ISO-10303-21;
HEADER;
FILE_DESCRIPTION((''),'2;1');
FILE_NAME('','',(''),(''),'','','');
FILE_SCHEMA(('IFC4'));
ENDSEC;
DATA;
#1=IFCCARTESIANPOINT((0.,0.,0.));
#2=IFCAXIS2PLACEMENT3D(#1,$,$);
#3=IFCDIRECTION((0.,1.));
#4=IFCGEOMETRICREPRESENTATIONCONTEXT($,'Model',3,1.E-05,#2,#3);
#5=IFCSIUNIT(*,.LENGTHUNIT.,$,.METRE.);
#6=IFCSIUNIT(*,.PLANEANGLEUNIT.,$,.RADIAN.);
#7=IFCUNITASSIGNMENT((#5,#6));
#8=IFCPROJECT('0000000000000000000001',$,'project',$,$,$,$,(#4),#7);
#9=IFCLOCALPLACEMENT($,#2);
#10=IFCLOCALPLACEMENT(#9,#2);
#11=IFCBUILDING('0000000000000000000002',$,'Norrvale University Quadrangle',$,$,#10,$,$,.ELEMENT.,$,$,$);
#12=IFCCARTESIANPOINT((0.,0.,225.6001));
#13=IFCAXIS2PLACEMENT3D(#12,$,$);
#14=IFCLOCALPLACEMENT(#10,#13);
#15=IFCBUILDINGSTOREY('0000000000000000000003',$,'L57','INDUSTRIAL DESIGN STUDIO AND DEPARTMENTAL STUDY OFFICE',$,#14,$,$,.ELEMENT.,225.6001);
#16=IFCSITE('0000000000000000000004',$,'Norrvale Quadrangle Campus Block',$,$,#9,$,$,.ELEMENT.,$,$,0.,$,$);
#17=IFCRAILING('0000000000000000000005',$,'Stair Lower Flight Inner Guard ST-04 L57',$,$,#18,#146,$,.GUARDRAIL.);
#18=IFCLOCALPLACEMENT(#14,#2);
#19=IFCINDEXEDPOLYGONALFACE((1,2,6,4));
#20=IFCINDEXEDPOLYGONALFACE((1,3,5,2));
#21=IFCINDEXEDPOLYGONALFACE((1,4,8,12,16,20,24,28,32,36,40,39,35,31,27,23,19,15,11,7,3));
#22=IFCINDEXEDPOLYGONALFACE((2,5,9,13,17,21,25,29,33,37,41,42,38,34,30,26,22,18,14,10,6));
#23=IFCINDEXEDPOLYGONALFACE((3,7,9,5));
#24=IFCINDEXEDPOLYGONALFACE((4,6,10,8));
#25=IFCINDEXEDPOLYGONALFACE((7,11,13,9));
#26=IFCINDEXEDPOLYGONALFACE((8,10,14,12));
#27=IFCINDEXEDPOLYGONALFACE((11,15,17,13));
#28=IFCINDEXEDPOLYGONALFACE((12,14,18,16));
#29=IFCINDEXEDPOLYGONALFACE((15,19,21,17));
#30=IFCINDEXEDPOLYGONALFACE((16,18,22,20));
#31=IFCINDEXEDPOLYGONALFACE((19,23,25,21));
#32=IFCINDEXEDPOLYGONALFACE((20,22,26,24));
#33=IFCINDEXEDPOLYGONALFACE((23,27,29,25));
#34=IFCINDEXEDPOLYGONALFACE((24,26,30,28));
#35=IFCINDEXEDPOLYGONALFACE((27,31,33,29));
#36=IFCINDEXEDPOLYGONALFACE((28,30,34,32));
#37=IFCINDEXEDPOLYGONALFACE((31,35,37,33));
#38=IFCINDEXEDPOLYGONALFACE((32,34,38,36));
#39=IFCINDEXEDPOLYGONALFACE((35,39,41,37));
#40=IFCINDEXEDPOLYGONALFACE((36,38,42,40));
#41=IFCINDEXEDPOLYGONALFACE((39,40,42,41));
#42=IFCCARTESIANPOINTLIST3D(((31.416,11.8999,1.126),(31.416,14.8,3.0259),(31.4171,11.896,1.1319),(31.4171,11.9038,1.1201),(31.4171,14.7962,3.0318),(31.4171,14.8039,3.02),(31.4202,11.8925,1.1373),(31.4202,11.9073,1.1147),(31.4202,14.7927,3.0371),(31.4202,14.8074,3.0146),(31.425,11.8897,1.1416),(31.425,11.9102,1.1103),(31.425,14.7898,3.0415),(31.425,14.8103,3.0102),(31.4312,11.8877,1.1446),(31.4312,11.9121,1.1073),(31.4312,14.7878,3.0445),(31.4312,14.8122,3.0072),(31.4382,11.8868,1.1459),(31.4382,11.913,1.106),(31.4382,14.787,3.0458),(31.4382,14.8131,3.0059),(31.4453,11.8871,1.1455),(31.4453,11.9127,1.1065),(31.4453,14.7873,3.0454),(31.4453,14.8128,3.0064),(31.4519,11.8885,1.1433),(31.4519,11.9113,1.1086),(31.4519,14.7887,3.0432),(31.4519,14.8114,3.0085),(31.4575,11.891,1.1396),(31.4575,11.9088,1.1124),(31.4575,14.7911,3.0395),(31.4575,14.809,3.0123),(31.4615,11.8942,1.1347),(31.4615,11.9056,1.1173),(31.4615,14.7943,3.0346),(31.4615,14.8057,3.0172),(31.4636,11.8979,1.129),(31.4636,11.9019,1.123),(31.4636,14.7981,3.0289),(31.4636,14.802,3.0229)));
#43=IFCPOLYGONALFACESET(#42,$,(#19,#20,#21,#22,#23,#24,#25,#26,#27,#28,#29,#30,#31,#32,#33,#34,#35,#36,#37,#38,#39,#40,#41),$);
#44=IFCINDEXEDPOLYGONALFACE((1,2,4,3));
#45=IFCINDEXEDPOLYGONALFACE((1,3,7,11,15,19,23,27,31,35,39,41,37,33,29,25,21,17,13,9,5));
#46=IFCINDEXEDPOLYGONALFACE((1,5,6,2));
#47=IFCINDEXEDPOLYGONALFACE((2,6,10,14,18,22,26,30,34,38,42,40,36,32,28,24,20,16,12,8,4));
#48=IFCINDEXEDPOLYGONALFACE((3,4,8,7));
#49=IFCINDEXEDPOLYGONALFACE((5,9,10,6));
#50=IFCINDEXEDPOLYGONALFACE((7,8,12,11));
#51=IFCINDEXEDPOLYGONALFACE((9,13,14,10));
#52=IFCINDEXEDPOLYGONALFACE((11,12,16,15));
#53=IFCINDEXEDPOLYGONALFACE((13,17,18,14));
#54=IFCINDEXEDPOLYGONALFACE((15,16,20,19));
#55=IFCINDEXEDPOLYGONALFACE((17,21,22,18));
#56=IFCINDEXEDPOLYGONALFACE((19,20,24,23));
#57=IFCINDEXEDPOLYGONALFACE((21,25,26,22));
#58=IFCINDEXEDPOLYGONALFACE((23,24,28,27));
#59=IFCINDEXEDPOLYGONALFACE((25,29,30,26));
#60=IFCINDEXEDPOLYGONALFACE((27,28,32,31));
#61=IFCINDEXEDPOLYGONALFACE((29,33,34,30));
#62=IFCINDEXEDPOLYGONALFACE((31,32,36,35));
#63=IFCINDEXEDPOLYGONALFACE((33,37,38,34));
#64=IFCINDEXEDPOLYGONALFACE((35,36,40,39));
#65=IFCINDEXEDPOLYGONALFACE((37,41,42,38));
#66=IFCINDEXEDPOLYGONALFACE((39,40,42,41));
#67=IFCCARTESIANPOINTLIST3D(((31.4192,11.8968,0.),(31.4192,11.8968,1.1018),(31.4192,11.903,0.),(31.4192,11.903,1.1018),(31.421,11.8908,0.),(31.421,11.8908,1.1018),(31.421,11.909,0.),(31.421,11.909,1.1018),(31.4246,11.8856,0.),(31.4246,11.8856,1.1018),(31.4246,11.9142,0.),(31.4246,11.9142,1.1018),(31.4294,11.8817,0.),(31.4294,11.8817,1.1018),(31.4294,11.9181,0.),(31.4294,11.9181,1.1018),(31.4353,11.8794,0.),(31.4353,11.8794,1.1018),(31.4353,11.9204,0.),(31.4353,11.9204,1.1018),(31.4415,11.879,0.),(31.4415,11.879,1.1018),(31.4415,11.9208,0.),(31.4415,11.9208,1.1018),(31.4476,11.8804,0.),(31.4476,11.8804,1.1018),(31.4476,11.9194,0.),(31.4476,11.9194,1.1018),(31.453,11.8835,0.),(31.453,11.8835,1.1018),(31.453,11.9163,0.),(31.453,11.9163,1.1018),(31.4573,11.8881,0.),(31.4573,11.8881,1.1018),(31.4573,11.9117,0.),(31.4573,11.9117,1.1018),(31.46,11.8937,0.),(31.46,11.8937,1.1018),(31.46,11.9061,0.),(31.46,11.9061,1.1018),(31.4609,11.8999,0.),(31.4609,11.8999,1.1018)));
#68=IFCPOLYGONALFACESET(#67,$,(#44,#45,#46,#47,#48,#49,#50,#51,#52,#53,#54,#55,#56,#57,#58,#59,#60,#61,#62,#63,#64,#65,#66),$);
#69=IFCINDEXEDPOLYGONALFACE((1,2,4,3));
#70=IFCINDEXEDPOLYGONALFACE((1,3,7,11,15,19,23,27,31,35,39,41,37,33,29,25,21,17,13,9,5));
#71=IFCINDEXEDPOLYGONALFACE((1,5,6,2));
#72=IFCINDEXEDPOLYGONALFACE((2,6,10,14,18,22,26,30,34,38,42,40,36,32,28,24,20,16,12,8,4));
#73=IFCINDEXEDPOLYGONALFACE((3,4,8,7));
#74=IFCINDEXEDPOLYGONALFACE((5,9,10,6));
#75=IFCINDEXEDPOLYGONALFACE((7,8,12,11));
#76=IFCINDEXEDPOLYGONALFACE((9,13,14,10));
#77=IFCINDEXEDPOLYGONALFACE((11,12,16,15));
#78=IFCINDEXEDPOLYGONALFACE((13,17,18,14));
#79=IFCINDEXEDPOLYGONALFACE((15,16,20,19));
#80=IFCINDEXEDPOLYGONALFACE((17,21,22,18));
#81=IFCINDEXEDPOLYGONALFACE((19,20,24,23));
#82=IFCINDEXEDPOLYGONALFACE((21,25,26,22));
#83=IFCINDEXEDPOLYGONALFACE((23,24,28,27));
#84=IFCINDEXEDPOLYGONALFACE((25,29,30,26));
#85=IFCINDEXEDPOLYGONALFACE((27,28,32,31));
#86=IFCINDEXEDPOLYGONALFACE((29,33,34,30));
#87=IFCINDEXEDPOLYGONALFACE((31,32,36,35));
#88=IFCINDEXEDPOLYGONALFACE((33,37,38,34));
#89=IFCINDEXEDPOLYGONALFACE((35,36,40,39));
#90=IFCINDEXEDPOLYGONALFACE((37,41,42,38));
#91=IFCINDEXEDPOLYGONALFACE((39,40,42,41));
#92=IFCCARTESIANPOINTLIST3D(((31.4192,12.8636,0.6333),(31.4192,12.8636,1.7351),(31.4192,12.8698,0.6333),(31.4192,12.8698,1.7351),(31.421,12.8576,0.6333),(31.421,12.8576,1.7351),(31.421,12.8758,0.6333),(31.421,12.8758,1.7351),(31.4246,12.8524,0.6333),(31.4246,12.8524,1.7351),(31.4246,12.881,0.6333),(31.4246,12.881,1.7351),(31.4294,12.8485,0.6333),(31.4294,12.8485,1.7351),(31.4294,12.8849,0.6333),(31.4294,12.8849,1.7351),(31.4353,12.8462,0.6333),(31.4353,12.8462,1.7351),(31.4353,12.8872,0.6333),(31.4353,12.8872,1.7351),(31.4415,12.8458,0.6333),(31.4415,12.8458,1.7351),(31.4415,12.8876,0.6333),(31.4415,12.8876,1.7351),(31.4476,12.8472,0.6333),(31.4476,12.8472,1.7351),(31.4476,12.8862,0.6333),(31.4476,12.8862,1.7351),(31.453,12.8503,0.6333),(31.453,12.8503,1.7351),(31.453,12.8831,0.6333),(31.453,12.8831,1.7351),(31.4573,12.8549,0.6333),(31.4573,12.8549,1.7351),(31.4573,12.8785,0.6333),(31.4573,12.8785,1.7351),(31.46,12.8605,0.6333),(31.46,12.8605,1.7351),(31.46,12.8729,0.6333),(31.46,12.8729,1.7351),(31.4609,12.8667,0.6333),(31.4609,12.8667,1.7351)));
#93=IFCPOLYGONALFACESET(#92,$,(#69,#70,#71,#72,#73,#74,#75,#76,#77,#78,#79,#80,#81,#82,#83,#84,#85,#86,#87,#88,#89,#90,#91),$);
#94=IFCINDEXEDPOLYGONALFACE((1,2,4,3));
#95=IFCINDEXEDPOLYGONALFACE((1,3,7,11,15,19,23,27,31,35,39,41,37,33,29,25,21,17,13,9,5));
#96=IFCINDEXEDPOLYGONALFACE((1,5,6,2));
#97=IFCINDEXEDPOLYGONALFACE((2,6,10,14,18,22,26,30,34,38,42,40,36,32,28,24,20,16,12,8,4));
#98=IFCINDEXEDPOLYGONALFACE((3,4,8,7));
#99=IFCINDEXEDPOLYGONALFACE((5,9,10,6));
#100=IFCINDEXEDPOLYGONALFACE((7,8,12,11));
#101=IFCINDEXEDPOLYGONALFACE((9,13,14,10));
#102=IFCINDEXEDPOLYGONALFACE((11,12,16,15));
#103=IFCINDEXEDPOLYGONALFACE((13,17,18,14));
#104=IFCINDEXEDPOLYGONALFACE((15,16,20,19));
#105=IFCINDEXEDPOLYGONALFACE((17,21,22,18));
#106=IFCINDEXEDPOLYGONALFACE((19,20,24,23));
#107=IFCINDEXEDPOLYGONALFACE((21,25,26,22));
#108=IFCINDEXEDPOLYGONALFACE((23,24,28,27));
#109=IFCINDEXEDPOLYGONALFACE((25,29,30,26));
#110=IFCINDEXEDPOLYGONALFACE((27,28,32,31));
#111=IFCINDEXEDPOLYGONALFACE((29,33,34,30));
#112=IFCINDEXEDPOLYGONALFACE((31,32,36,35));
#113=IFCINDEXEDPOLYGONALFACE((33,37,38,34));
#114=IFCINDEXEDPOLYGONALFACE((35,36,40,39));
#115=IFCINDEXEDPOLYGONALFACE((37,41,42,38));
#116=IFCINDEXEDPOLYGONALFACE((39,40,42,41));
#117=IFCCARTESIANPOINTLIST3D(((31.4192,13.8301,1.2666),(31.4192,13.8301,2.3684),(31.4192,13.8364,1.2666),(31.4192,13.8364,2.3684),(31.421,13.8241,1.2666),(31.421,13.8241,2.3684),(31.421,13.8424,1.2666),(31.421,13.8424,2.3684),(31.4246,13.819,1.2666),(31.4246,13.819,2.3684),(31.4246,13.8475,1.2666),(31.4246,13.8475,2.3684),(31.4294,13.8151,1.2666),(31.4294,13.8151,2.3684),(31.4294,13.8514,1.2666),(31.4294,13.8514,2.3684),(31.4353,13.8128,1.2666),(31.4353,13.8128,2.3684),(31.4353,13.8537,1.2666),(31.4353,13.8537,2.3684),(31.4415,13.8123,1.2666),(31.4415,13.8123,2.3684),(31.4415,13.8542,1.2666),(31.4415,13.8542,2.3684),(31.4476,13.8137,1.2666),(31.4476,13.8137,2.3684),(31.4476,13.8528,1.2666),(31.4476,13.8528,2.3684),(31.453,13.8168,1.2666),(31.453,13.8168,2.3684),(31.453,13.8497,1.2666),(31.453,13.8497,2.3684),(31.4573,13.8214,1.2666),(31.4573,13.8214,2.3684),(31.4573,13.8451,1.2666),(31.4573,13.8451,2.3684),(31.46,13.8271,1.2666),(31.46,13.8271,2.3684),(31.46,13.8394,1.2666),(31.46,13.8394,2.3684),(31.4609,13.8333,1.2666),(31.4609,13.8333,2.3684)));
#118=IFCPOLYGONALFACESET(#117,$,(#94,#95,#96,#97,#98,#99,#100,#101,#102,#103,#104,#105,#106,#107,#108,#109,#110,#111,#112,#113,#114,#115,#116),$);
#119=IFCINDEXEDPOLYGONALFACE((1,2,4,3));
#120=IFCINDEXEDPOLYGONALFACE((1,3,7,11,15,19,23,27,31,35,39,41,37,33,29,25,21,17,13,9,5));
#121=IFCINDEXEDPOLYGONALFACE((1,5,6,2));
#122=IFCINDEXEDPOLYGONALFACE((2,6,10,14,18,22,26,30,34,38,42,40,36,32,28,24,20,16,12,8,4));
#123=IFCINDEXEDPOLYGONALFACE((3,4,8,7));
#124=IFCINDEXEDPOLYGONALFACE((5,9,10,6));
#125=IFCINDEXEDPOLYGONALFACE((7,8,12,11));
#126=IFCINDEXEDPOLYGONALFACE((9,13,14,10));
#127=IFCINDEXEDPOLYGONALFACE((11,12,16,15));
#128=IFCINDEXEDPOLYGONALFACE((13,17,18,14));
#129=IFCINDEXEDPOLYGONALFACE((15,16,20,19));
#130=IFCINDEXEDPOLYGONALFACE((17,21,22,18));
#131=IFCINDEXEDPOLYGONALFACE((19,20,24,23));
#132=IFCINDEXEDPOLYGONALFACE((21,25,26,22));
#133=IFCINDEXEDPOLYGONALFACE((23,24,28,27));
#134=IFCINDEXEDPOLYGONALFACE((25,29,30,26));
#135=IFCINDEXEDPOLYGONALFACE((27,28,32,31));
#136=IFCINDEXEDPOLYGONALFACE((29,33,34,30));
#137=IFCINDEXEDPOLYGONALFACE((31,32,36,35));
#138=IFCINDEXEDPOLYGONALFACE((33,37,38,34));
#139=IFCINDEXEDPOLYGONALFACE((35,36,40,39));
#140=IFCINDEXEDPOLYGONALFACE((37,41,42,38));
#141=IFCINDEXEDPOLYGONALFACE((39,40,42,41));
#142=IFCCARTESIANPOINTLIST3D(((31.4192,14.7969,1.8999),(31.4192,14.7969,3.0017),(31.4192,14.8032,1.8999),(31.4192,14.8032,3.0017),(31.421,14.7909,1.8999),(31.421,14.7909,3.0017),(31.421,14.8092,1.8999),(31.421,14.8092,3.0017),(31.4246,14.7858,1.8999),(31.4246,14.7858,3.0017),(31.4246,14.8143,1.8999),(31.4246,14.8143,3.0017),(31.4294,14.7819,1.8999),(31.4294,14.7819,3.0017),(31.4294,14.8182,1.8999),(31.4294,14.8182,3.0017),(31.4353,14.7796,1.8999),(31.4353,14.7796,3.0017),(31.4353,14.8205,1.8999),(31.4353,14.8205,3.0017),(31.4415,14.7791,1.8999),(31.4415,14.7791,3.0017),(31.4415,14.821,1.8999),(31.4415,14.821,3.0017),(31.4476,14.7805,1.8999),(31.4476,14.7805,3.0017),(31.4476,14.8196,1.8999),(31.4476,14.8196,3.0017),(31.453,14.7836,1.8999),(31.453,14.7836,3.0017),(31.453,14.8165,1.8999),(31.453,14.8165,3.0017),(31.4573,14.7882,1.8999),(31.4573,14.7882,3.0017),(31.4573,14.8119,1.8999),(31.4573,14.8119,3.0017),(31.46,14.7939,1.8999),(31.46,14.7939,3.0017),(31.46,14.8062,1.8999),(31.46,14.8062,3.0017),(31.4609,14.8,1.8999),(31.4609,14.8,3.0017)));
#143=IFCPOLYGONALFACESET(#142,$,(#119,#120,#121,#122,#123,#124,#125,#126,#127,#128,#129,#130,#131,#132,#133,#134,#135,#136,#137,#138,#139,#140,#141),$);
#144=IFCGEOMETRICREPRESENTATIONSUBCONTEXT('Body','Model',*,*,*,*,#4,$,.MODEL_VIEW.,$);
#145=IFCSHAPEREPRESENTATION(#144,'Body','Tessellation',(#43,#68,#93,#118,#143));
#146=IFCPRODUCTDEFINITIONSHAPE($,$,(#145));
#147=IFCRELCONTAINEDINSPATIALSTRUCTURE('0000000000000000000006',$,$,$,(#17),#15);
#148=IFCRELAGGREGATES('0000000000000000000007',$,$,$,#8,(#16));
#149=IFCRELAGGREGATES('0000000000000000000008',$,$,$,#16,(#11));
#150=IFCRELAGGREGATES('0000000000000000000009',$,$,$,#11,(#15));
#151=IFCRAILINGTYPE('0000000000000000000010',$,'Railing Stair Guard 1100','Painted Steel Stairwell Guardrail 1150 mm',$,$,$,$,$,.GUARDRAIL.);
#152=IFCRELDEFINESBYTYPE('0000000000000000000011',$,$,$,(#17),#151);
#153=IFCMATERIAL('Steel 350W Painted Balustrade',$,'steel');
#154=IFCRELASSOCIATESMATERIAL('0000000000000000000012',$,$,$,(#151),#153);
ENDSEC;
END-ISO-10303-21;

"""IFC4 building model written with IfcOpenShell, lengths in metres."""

from ifc_helpers import new_model, si_unit, direction, frame, origin, origin_2d, place, context, subcontext, project, spatial, circle, extrude, material, type_object, element, save


model = new_model("IFC4")

# Units and contexts
model_context = context("Model", 3, precision=1e-05, world=origin(), true_north=direction((0.0, 1.0)))
body_context = subcontext(model_context, "Body", "Model", "MODEL_VIEW")
ifc_project = project(units=[si_unit("LENGTHUNIT", "METRE"), si_unit("PLANEANGLEUNIT", "RADIAN")], contexts=[model_context])

# Site, building, storey
site_placement = place(None, origin())
site = spatial("IfcSite", under=ifc_project, at=site_placement, Name="Norrvale Quadrangle Campus Block", CompositionType="ELEMENT", RefElevation=0.0)
building_placement = place(site_placement, origin())
building = spatial("IfcBuilding", under=site, at=building_placement, Name="Norrvale University Quadrangle", CompositionType="ELEMENT")
storey_placement = place(building_placement, frame((0.0, 0.0, 225.6001)))
storey = spatial("IfcBuildingStorey", under=building, at=storey_placement, Name="L57", Description="INDUSTRIAL DESIGN STUDIO AND DEPARTMENTAL STUDY OFFICE", CompositionType="ELEMENT", Elevation=225.6001)

# Railing
ifc_material_1 = material(Name="Steel 350W Painted Balustrade", Category="steel")
railing_type_1 = type_object("IfcRailingType", Name="Railing Stair Guard 1100", Description="Painted Steel Stairwell Guardrail 1150 mm", PredefinedType="GUARDRAIL", material=ifc_material_1)
railing_1_placement = place(storey_placement, frame((31.4399, 11.8999, 0.0)))
element("IfcRailing", 1, at=railing_1_placement, inside=storey, type_object=railing_type_1, Name="Stair Lower Flight Inner Guard ST-04 L57", PredefinedType="GUARDRAIL", context=body_context, shape_type="SweptSolid", body=[
    extrude(circle(Radius=0.0239, at=origin_2d()), frame((0.0, 0.0, 1.126), z_axis=(0.0, 0.836487, 0.547987), x_axis=(-1.0, 0.0, 0.0)), (0.0, 0.0, 1.0), 3.467),
    extrude(circle(Radius=0.021, at=origin_2d()), origin(), (0.0, 0.0, 1.0), 1.1018),
    extrude(circle(Radius=0.021, at=origin_2d()), frame((0.0, 0.9668, 0.6333)), (0.0, 0.0, 1.0), 1.1018),
    extrude(circle(Radius=0.021, at=origin_2d()), frame((0.0, 1.9333, 1.2666)), (0.0, 0.0, 1.0), 1.1018),
    extrude(circle(Radius=0.021, at=origin_2d()), frame((0.0, 2.9001, 1.8999)), (0.0, 0.0, 1.0), 1.1018),
])

save(model, "model.ifc")
